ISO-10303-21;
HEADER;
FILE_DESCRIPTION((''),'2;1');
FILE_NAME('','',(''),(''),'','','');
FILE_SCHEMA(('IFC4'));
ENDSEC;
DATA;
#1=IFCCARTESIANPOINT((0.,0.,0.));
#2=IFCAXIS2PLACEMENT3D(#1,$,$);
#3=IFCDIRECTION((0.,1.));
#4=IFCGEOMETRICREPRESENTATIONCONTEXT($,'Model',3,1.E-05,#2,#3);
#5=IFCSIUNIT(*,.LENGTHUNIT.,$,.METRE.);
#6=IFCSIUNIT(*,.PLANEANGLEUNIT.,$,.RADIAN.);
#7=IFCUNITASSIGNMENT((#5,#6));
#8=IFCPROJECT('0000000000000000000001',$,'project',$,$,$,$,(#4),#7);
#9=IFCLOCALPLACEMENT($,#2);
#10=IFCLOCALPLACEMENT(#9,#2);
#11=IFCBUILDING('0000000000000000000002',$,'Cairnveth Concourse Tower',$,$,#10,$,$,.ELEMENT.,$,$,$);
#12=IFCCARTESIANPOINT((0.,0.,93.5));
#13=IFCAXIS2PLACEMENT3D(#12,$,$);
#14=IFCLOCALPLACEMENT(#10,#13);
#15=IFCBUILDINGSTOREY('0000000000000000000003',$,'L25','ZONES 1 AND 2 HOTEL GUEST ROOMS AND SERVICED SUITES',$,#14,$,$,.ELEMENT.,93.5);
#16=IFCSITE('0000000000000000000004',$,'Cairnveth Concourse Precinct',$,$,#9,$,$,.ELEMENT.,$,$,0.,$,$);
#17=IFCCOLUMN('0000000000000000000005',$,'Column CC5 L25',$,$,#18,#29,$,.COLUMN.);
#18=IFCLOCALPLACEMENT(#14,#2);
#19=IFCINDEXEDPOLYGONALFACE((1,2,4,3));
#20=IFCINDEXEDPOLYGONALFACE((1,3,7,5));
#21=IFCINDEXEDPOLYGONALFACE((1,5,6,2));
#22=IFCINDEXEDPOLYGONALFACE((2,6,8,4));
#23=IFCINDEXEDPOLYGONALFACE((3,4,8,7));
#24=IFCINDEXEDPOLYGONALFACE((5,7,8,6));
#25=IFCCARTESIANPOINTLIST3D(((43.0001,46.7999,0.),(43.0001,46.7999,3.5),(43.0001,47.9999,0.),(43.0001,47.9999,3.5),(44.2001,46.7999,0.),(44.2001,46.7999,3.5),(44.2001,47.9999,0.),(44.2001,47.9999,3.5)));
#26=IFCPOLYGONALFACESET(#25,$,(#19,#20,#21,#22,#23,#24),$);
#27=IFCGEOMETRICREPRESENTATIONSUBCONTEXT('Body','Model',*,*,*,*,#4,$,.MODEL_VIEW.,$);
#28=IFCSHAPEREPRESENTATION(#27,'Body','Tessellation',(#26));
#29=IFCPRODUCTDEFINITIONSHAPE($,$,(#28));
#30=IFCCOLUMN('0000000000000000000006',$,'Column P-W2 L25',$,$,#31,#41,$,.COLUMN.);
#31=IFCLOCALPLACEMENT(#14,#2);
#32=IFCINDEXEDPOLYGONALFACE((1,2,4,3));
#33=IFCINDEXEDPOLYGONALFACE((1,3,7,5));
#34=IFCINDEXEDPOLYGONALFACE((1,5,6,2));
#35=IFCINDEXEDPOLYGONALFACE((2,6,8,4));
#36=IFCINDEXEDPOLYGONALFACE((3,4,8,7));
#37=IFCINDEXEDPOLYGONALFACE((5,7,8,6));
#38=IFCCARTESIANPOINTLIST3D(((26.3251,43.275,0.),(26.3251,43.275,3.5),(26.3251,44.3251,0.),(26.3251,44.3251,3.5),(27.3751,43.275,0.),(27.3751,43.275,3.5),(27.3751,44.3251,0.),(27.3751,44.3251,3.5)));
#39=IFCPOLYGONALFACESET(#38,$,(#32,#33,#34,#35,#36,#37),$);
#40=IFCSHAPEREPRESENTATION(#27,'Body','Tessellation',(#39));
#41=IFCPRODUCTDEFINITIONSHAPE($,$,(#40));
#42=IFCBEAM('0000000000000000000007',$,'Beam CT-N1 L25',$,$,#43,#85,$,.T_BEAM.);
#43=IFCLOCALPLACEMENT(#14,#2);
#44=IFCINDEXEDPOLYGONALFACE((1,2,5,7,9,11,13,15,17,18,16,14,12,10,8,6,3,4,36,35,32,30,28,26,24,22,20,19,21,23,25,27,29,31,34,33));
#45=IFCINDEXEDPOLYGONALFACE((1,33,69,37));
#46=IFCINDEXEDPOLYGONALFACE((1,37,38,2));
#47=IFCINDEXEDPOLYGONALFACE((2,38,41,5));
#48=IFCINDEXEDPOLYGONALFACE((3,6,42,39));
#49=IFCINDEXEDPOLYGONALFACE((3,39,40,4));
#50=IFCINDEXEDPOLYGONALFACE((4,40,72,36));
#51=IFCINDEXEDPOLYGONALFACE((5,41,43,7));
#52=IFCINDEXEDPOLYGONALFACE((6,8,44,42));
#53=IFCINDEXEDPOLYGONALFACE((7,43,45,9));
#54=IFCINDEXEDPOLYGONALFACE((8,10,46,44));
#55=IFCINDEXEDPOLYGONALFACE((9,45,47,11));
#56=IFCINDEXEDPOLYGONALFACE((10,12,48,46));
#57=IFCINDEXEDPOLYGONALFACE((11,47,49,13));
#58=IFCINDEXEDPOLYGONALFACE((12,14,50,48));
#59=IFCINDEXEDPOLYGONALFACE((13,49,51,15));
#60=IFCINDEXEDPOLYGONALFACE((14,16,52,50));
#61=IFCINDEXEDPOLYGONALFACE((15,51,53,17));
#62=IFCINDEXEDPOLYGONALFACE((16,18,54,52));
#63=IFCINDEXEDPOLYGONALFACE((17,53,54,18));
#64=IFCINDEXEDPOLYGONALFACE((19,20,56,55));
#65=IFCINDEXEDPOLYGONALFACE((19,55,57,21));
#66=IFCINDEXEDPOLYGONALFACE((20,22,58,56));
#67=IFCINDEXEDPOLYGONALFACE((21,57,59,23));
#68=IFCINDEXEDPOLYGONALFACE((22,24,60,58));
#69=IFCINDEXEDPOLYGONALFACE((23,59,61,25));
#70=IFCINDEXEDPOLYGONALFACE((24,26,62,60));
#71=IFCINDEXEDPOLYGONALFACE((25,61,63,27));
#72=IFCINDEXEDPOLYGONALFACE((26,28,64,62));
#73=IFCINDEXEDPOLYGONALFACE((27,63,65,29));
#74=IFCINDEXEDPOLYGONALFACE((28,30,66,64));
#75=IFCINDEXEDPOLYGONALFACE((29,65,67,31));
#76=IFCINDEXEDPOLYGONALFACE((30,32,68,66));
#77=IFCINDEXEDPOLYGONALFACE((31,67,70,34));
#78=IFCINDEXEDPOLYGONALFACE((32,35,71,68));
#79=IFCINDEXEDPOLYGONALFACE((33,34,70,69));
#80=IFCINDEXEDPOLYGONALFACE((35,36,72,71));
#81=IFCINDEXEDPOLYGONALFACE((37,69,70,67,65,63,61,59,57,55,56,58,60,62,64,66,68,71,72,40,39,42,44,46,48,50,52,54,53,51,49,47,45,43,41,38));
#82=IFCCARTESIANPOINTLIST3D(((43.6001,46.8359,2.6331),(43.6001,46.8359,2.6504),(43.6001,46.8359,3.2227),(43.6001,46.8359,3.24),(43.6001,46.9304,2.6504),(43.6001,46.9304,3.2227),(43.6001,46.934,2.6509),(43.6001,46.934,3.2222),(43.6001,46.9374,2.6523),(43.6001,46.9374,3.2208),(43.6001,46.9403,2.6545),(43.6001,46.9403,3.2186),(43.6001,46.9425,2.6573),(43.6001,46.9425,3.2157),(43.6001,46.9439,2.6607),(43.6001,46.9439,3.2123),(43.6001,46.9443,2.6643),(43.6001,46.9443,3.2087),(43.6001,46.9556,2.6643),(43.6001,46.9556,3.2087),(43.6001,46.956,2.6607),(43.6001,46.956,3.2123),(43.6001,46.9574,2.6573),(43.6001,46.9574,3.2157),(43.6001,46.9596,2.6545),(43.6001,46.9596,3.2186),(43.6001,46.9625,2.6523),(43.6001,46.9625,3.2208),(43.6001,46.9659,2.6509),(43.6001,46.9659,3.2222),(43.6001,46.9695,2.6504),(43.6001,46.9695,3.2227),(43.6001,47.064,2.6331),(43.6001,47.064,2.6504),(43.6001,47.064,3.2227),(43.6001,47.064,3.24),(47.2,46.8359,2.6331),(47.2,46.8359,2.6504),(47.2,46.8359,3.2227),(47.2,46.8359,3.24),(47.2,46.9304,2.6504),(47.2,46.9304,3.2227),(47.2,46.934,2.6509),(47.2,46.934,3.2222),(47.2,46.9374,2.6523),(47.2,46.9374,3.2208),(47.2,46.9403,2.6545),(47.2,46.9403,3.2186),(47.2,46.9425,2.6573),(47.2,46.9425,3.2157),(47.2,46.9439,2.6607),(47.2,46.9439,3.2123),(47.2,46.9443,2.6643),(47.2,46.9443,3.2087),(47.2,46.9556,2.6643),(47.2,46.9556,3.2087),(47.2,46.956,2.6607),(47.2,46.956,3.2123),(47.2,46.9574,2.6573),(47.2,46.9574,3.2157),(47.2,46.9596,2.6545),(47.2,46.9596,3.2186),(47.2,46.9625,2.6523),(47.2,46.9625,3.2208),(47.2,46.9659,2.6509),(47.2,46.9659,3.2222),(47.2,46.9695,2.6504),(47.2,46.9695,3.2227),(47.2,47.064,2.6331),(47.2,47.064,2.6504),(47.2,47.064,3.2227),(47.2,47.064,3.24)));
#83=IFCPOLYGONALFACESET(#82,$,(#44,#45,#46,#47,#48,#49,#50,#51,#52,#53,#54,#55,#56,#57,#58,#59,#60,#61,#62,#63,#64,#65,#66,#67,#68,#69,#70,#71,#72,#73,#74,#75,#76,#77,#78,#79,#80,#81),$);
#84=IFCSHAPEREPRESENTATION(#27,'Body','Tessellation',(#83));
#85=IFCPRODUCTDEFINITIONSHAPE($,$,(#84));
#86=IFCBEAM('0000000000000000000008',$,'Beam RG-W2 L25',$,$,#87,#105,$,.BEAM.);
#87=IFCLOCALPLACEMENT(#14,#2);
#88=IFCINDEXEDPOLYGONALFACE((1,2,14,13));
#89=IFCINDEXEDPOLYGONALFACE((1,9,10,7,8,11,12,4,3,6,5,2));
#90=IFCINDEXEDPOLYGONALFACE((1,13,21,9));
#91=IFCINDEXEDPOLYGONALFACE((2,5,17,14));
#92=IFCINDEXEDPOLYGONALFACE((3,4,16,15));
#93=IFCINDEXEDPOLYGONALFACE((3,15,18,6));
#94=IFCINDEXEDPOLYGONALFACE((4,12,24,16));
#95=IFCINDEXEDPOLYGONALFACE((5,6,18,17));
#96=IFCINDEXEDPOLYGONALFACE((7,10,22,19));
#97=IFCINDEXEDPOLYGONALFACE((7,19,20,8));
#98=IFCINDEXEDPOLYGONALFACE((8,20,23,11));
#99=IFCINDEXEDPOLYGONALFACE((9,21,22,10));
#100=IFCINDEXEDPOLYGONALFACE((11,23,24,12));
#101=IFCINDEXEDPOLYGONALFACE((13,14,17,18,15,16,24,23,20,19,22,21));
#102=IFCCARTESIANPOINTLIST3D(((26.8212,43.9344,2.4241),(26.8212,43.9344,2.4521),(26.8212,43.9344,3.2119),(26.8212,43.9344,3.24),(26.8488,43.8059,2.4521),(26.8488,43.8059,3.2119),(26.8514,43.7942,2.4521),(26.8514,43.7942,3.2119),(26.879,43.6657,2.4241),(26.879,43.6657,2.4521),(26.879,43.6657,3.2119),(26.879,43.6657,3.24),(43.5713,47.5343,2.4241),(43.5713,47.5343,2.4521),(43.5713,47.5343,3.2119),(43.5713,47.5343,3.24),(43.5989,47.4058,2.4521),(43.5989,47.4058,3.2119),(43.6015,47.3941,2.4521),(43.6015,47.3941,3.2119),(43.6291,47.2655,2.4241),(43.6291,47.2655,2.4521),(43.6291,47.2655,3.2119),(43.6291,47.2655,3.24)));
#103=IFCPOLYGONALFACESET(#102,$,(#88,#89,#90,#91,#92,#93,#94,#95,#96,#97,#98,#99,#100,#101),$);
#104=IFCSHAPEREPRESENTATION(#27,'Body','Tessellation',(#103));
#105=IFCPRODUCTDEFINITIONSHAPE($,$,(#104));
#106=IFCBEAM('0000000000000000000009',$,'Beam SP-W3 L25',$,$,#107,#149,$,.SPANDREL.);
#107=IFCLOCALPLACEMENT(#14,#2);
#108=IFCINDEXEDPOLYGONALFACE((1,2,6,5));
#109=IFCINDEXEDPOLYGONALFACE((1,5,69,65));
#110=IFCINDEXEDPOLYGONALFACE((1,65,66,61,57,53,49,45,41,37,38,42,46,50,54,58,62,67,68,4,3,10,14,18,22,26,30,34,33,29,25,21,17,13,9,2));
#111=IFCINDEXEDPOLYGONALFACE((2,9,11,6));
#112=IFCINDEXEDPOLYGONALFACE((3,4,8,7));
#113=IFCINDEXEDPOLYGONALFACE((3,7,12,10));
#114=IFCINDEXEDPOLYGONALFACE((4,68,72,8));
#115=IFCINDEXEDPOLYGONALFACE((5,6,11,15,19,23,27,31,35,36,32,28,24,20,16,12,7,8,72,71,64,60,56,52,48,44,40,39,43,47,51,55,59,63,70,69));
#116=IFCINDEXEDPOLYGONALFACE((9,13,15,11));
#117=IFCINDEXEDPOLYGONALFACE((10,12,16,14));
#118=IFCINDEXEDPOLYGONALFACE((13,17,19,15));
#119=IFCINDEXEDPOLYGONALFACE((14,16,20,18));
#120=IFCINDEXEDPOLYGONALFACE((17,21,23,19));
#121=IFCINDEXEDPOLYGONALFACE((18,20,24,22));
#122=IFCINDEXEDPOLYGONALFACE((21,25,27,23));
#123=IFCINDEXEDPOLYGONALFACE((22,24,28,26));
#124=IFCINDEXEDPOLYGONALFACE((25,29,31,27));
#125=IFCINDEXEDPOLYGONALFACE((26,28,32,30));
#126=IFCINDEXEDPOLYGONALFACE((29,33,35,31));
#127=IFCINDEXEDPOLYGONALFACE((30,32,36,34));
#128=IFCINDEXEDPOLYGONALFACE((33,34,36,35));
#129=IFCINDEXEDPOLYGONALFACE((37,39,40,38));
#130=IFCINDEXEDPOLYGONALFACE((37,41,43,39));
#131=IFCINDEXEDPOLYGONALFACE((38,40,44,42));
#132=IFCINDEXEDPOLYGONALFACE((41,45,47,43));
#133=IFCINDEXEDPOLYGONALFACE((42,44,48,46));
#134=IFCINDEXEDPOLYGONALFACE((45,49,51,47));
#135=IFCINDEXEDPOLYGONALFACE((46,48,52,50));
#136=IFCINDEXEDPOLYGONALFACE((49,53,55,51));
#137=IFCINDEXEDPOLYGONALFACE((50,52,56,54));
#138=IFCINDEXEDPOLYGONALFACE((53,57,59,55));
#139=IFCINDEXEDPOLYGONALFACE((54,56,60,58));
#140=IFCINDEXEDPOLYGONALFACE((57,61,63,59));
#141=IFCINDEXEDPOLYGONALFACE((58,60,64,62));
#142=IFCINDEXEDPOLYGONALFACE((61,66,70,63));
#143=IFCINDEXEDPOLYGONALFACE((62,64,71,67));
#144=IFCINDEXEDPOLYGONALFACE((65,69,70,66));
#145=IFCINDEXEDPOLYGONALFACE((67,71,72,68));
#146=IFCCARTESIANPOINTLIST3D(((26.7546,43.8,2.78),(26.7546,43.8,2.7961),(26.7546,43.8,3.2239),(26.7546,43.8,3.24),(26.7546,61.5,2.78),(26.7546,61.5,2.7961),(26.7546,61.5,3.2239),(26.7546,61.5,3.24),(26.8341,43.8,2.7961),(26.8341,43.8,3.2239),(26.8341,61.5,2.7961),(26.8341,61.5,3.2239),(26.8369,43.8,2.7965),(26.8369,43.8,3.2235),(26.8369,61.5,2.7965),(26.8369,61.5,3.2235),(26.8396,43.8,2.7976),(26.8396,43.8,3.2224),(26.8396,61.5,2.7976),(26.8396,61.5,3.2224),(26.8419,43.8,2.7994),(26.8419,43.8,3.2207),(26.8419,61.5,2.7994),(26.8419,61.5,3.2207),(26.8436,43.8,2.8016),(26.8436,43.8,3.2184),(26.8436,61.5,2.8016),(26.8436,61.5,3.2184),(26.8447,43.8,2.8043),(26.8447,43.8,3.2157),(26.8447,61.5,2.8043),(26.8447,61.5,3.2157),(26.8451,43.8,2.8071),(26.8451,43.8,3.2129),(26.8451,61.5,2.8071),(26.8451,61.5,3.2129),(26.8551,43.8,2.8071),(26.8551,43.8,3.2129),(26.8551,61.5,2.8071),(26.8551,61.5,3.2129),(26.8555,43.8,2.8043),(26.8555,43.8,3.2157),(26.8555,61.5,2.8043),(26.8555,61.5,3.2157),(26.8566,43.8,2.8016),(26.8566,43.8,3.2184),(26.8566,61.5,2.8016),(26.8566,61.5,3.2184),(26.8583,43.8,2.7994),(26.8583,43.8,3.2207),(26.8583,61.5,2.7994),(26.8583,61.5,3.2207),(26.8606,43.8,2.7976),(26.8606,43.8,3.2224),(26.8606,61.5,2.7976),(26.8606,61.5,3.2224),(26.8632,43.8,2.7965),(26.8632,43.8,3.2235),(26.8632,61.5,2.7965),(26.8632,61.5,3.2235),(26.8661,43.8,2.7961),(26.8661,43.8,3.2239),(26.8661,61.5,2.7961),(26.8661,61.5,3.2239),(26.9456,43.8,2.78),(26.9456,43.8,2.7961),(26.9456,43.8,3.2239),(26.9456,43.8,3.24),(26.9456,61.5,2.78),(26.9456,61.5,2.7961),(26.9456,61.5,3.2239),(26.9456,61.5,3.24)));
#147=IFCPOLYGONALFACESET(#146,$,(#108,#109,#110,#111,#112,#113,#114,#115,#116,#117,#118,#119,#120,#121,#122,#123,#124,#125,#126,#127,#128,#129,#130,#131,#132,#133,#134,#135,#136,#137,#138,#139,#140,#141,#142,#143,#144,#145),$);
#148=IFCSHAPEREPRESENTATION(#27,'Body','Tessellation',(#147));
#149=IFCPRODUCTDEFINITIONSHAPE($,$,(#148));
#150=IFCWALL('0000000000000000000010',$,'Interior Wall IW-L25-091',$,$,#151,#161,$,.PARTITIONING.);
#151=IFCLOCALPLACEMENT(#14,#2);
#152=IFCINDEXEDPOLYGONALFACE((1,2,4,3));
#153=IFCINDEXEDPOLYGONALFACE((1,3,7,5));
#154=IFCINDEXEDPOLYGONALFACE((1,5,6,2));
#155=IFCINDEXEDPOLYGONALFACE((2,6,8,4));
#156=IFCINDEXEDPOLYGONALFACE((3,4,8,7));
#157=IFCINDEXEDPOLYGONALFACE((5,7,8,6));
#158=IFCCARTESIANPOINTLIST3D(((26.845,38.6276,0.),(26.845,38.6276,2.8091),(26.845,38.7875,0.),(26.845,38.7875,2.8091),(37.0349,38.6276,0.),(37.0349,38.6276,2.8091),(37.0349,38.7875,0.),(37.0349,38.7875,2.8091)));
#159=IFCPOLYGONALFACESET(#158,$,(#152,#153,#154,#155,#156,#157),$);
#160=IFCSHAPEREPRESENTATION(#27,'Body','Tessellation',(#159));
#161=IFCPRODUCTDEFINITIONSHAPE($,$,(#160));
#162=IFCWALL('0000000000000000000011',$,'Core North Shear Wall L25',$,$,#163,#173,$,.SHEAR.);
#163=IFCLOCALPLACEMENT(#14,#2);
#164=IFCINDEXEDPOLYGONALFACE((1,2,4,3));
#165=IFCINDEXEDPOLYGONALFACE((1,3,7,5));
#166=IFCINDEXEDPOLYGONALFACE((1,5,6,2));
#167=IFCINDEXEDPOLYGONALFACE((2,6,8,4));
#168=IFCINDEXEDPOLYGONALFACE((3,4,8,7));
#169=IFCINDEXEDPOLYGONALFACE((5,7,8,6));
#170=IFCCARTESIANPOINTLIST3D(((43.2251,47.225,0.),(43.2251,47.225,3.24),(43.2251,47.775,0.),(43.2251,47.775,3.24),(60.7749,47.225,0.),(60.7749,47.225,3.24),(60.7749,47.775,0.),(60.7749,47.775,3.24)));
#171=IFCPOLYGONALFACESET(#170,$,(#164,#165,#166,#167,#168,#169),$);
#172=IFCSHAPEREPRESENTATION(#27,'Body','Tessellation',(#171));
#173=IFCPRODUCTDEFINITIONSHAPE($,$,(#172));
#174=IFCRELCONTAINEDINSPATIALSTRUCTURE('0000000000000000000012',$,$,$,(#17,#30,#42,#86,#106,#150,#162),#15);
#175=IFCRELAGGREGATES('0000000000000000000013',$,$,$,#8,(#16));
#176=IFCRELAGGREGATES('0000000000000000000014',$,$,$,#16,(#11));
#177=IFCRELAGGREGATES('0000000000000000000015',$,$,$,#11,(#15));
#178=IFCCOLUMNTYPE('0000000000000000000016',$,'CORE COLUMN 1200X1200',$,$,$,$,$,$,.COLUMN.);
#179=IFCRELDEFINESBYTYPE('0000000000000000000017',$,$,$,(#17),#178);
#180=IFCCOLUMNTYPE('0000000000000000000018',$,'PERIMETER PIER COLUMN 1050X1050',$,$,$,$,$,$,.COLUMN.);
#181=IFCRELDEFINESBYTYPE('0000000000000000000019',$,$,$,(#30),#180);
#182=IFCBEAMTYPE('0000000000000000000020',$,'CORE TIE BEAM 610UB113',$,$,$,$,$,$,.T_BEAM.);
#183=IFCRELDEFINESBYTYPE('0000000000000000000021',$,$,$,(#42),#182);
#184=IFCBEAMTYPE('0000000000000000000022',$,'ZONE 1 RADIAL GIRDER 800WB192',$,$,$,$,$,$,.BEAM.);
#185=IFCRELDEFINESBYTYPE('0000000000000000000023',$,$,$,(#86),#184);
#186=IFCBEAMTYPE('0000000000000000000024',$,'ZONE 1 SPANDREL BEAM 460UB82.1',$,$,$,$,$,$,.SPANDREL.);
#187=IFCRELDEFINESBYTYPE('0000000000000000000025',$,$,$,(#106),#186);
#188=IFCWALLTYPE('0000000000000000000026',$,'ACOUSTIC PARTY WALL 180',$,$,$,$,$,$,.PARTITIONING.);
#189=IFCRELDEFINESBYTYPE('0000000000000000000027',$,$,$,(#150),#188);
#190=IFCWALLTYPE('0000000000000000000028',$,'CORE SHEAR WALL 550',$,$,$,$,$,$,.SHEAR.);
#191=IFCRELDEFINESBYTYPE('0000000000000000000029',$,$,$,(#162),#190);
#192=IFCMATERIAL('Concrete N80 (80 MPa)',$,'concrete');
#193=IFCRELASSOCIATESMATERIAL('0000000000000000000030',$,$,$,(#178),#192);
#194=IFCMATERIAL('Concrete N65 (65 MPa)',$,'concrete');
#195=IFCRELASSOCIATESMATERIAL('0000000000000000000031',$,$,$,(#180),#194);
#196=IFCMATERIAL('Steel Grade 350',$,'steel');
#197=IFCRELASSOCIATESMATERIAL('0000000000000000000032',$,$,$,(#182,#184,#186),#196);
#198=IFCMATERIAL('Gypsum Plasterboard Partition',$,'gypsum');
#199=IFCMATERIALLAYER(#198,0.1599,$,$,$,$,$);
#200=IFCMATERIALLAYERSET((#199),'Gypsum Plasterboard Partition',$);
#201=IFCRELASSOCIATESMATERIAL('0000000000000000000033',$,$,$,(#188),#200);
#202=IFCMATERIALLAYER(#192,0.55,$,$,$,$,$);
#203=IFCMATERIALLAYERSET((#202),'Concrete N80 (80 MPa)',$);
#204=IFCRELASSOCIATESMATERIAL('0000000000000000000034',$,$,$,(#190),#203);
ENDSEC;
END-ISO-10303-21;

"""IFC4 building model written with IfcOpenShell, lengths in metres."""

from ifc_helpers import new_model, si_unit, direction, frame, frame_2d, origin, origin_2d, place, context, subcontext, project, spatial, rectangle, i_section, extrude, material, layer, layer_set, material_profile, profile_set, type_object, element, save


model = new_model("IFC4")

# Units and contexts
model_context = context("Model", 3, precision=1e-05, world=origin(), true_north=direction((0.0, 1.0)))
body_context = subcontext(model_context, "Body", "Model", "MODEL_VIEW")
ifc_project = project(units=[si_unit("LENGTHUNIT", "METRE"), si_unit("PLANEANGLEUNIT", "RADIAN")], contexts=[model_context])

# Site, building, storey
site_placement = place(None, origin())
site = spatial("IfcSite", under=ifc_project, at=site_placement, Name="Cairnveth Concourse Precinct", CompositionType="ELEMENT", RefElevation=0.0)
building_placement = place(site_placement, origin())
building = spatial("IfcBuilding", under=site, at=building_placement, Name="Cairnveth Concourse Tower", CompositionType="ELEMENT")
storey_placement = place(building_placement, frame((0.0, 0.0, 93.5)))
storey = spatial("IfcBuildingStorey", under=building, at=storey_placement, Name="L25", Description="ZONES 1 AND 2 HOTEL GUEST ROOMS AND SERVICED SUITES", CompositionType="ELEMENT", Elevation=93.5)

# Columns
ifc_material_1 = material(Name="Concrete N80 (80 MPa)", Category="concrete")
ifc_material_profile_1 = material_profile(ifc_material_1, rectangle(XDim=1.2, YDim=1.2, at=origin_2d()), Name="RC-COL-1200x1200")
ifc_profile_set_1 = profile_set([ifc_material_profile_1], Name="Concrete N80 (80 MPa)")
column_type_1 = type_object("IfcColumnType", Name="CORE COLUMN 1200X1200", PredefinedType="COLUMN", material=ifc_profile_set_1)
column_1_placement = place(storey_placement, frame((43.6001, 47.3999, 0.0), z_axis=(0.0, 0.0, 1.0), x_axis=(1.0, 0.0, 0.0)))
element("IfcColumn", 1, at=column_1_placement, inside=storey, type_object=column_type_1, Name="Column CC5 L25", PredefinedType="COLUMN", context=body_context, shape_type="SweptSolid", body=[
    extrude(rectangle(XDim=1.2, YDim=1.2, at=origin_2d()), origin(), (0.0, 0.0, 1.0), 3.5),
])
ifc_material_2 = material(Name="Concrete N65 (65 MPa)", Category="concrete")
ifc_material_profile_2 = material_profile(ifc_material_2, rectangle(XDim=1.05, YDim=1.05, at=origin_2d()), Name="RC-COL-1050x1050")
ifc_profile_set_2 = profile_set([ifc_material_profile_2], Name="Concrete N65 (65 MPa)")
column_type_2 = type_object("IfcColumnType", Name="PERIMETER PIER COLUMN 1050X1050", PredefinedType="COLUMN", material=ifc_profile_set_2)
column_2_placement = place(storey_placement, frame((26.8501, 43.8, 0.0), z_axis=(0.0, 0.0, 1.0), x_axis=(0.0, 1.0, 0.0)))
element("IfcColumn", 2, at=column_2_placement, inside=storey, type_object=column_type_2, Name="Column P-W2 L25", PredefinedType="COLUMN", context=body_context, shape_type="SweptSolid", body=[
    extrude(rectangle(XDim=1.05, YDim=1.05, at=origin_2d()), origin(), (0.0, 0.0, 1.0), 3.5),
])

# Beams
ifc_material_3 = material(Name="Steel Grade 350", Category="steel")
ifc_material_profile_3 = material_profile(ifc_material_3, i_section(OverallWidth=0.228, OverallDepth=0.6069, WebThickness=0.0112, FlangeThickness=0.0173, FilletRadius=0.0139, at=origin_2d()), Name="610UB113")
ifc_profile_set_3 = profile_set([ifc_material_profile_3], Name="Steel Grade 350")
beam_type_1 = type_object("IfcBeamType", Name="CORE TIE BEAM 610UB113", PredefinedType="T_BEAM", material=ifc_profile_set_3)
beam_1_placement = place(storey_placement, frame((43.6001, 46.95, 2.9365), z_axis=(1.0, 0.0, 0.0), x_axis=(0.0, 1.0, 0.0)))
element("IfcBeam", 3, at=beam_1_placement, inside=storey, type_object=beam_type_1, Name="Beam CT-N1 L25", PredefinedType="T_BEAM", context=body_context, shape_type="SweptSolid", body=[
    extrude(i_section(OverallWidth=0.228, OverallDepth=0.6069, WebThickness=0.0112, FlangeThickness=0.0173, FilletRadius=0.0139, at=origin_2d()), origin(), (0.0, 0.0, 1.0), 3.5999),
])
ifc_material_profile_4 = material_profile(ifc_material_3, i_section(OverallWidth=0.2749, OverallDepth=0.8159, WebThickness=0.012, FlangeThickness=0.0281, at=origin_2d()), Name="800WB192")
ifc_profile_set_4 = profile_set([ifc_material_profile_4], Name="Steel Grade 350")
beam_type_2 = type_object("IfcBeamType", Name="ZONE 1 RADIAL GIRDER 800WB192", PredefinedType="BEAM", material=ifc_profile_set_4)
beam_2_placement = place(storey_placement, frame((26.8501, 43.8, 2.832), z_axis=(0.977676, 0.210119, 0.0), x_axis=(-0.210119, 0.977676, 0.0)))
element("IfcBeam", 4, at=beam_2_placement, inside=storey, type_object=beam_type_2, Name="Beam RG-W2 L25", PredefinedType="BEAM", context=body_context, shape_type="SweptSolid", body=[
    extrude(i_section(OverallWidth=0.2749, OverallDepth=0.8159, WebThickness=0.012, FlangeThickness=0.0281, at=origin_2d()), origin(), (0.0, 0.0, 1.0), 17.1326),
])
ifc_material_profile_5 = material_profile(ifc_material_3, i_section(OverallWidth=0.1909, OverallDepth=0.46, WebThickness=0.01, FlangeThickness=0.0161, FilletRadius=0.011, at=origin_2d()), Name="460UB82.1")
ifc_profile_set_5 = profile_set([ifc_material_profile_5], Name="Steel Grade 350")
beam_type_3 = type_object("IfcBeamType", Name="ZONE 1 SPANDREL BEAM 460UB82.1", PredefinedType="SPANDREL", material=ifc_profile_set_5)
beam_3_placement = place(storey_placement, frame((26.8501, 43.8, 3.01), z_axis=(0.0, 1.0, 0.0), x_axis=(-1.0, 0.0, 0.0)))
element("IfcBeam", 5, at=beam_3_placement, inside=storey, type_object=beam_type_3, Name="Beam SP-W3 L25", PredefinedType="SPANDREL", context=body_context, shape_type="SweptSolid", body=[
    extrude(i_section(OverallWidth=0.1909, OverallDepth=0.46, WebThickness=0.01, FlangeThickness=0.0161, FilletRadius=0.011, at=origin_2d()), origin(), (0.0, 0.0, 1.0), 17.7),
])

# Walls
ifc_material_4 = material(Name="Gypsum Plasterboard Partition", Category="gypsum")
ifc_layer_1 = layer(ifc_material_4, 0.1599)
ifc_layer_set_1 = layer_set([ifc_layer_1], Name="Gypsum Plasterboard Partition")
wall_type_1 = type_object("IfcWallType", Name="ACOUSTIC PARTY WALL 180", PredefinedType="PARTITIONING", material=ifc_layer_set_1)
wall_1_placement = place(storey_placement, frame((26.845, 38.7075, 0.0), z_axis=(0.0, 0.0, 1.0), x_axis=(1.0, 0.0, 0.0)))
element("IfcWall", 6, at=wall_1_placement, inside=storey, type_object=wall_type_1, Name="Interior Wall IW-L25-091", PredefinedType="PARTITIONING", context=body_context, shape_type="SweptSolid", body=[
    extrude(rectangle(XDim=10.1899, YDim=0.1599, at=frame_2d((5.095, 0.0))), origin(), (0.0, 0.0, 1.0), 2.8091),
])
ifc_layer_2 = layer(ifc_material_1, 0.55)
ifc_layer_set_2 = layer_set([ifc_layer_2], Name="Concrete N80 (80 MPa)")
wall_type_2 = type_object("IfcWallType", Name="CORE SHEAR WALL 550", PredefinedType="SHEAR", material=ifc_layer_set_2)
wall_2_placement = place(storey_placement, frame((43.2251, 47.5, 0.0), z_axis=(0.0, 0.0, 1.0), x_axis=(1.0, 0.0, 0.0)))
element("IfcWall", 7, at=wall_2_placement, inside=storey, type_object=wall_type_2, Name="Core North Shear Wall L25", PredefinedType="SHEAR", context=body_context, shape_type="SweptSolid", body=[
    extrude(rectangle(XDim=17.5498, YDim=0.55, at=frame_2d((8.7749, 0.0))), origin(), (0.0, 0.0, 1.0), 3.24),
])

save(model, "model.ifc")
